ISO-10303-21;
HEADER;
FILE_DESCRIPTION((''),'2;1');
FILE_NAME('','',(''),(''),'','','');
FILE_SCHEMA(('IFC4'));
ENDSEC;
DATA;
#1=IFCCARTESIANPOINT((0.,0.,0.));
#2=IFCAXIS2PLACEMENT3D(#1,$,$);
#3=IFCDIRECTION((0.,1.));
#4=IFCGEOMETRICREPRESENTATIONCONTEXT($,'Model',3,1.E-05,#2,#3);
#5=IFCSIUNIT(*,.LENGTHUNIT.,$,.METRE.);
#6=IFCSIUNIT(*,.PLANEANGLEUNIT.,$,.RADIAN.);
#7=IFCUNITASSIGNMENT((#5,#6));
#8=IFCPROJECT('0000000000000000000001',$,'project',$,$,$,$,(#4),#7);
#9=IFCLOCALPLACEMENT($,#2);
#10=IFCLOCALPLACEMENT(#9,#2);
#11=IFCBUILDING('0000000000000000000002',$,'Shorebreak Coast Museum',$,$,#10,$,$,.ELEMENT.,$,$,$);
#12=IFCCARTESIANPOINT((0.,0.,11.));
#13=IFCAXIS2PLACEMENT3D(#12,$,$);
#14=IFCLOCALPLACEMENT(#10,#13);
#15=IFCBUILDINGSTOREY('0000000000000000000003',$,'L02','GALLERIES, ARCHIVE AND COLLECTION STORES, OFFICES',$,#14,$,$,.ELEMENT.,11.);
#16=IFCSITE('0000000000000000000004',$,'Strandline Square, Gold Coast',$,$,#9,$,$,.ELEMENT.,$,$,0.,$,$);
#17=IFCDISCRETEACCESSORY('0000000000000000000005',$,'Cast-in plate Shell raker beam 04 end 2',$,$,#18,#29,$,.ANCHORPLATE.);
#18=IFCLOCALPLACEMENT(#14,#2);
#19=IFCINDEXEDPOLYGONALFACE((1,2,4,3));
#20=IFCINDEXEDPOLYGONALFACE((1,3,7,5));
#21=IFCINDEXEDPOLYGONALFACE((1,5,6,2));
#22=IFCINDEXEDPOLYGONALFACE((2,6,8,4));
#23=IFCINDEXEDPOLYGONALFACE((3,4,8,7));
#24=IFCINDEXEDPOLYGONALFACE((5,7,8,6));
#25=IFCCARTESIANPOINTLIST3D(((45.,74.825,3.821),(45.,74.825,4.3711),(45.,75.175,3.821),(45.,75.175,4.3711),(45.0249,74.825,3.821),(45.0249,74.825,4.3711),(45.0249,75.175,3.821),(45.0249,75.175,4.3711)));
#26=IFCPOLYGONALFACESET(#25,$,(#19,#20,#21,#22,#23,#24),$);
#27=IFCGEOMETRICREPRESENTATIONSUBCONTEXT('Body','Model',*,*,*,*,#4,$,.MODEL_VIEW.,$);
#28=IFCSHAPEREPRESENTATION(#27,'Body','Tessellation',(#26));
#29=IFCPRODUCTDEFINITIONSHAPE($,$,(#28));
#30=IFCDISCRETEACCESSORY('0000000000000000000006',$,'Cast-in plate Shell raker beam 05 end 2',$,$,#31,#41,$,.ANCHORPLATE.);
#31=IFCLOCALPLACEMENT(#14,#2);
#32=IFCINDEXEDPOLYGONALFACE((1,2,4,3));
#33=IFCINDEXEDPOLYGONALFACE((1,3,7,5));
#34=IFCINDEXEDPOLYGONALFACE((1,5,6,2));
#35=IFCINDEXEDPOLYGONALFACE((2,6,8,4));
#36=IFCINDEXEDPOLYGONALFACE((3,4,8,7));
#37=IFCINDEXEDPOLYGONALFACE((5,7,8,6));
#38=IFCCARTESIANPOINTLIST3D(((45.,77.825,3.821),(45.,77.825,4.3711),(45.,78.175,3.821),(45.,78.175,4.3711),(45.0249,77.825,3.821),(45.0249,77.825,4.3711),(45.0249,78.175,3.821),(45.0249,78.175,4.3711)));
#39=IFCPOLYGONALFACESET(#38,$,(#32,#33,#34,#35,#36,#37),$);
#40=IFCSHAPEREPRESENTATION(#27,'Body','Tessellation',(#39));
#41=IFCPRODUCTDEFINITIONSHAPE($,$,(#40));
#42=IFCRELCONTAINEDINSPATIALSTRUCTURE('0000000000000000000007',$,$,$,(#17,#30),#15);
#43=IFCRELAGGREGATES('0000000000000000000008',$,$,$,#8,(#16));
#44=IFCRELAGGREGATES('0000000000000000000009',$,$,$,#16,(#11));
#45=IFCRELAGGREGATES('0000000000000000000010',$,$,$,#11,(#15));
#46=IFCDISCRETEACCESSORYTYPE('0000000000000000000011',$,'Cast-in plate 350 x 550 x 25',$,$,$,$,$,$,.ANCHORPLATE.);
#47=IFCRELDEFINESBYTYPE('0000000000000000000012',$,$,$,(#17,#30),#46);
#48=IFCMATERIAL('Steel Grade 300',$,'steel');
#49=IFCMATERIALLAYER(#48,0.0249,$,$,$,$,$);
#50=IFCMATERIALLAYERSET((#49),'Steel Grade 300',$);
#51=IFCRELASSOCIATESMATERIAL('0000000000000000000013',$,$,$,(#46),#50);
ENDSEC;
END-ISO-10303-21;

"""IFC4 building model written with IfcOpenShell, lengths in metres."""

from ifc_helpers import new_model, si_unit, direction, frame, origin, place, context, subcontext, project, spatial, polyline, outline, extrude, material, layer, layer_set, type_object, element, save


model = new_model("IFC4")

# Units and contexts
model_context = context("Model", 3, precision=1e-05, world=origin(), true_north=direction((0.0, 1.0)))
body_context = subcontext(model_context, "Body", "Model", "MODEL_VIEW")
ifc_project = project(units=[si_unit("LENGTHUNIT", "METRE"), si_unit("PLANEANGLEUNIT", "RADIAN")], contexts=[model_context])

# Site, building, storey
site_placement = place(None, origin())
site = spatial("IfcSite", under=ifc_project, at=site_placement, Name="Strandline Square, Gold Coast", CompositionType="ELEMENT", RefElevation=0.0)
building_placement = place(site_placement, origin())
building = spatial("IfcBuilding", under=site, at=building_placement, Name="Shorebreak Coast Museum", CompositionType="ELEMENT")
storey_placement = place(building_placement, frame((0.0, 0.0, 11.0)))
storey = spatial("IfcBuildingStorey", under=building, at=storey_placement, Name="L02", Description="GALLERIES, ARCHIVE AND COLLECTION STORES, OFFICES", CompositionType="ELEMENT", Elevation=11.0)

# Discrete accessories
ifc_material_1 = material(Name="Steel Grade 300", Category="steel")
ifc_layer_1 = layer(ifc_material_1, 0.0249)
ifc_layer_set_1 = layer_set([ifc_layer_1], Name="Steel Grade 300")
discrete_accessory_type = type_object("IfcDiscreteAccessoryType", Name="Cast-in plate 350 x 550 x 25", PredefinedType="ANCHORPLATE", material=ifc_layer_set_1)
for number, where, z_axis, x_axis, name in (
    (1, (45.0249, 74.825, 3.821), (1.0, 0.0, 0.0), (0.0, 1.0, 0.0), "Cast-in plate Shell raker beam 04 end 2"),
    (2, (45.0249, 77.825, 3.821), (1.0, 0.0, 0.0), (0.0, 1.0, 0.0), "Cast-in plate Shell raker beam 05 end 2"),
):
    element("IfcDiscreteAccessory", number, at=place(storey_placement, frame(where, z_axis=z_axis, x_axis=x_axis)), inside=storey, type_object=discrete_accessory_type, Name=name, PredefinedType="ANCHORPLATE", context=body_context, shape_type="SweptSolid", body=[
        extrude(outline(polyline([(0.0, 0.0), (0.3501, 0.0), (0.3501, 0.55), (0.0, 0.55), (0.0, 0.0)])), origin(), (0.0, 0.0, -1.0), 0.0249),
    ])

save(model, "model.ifc")
